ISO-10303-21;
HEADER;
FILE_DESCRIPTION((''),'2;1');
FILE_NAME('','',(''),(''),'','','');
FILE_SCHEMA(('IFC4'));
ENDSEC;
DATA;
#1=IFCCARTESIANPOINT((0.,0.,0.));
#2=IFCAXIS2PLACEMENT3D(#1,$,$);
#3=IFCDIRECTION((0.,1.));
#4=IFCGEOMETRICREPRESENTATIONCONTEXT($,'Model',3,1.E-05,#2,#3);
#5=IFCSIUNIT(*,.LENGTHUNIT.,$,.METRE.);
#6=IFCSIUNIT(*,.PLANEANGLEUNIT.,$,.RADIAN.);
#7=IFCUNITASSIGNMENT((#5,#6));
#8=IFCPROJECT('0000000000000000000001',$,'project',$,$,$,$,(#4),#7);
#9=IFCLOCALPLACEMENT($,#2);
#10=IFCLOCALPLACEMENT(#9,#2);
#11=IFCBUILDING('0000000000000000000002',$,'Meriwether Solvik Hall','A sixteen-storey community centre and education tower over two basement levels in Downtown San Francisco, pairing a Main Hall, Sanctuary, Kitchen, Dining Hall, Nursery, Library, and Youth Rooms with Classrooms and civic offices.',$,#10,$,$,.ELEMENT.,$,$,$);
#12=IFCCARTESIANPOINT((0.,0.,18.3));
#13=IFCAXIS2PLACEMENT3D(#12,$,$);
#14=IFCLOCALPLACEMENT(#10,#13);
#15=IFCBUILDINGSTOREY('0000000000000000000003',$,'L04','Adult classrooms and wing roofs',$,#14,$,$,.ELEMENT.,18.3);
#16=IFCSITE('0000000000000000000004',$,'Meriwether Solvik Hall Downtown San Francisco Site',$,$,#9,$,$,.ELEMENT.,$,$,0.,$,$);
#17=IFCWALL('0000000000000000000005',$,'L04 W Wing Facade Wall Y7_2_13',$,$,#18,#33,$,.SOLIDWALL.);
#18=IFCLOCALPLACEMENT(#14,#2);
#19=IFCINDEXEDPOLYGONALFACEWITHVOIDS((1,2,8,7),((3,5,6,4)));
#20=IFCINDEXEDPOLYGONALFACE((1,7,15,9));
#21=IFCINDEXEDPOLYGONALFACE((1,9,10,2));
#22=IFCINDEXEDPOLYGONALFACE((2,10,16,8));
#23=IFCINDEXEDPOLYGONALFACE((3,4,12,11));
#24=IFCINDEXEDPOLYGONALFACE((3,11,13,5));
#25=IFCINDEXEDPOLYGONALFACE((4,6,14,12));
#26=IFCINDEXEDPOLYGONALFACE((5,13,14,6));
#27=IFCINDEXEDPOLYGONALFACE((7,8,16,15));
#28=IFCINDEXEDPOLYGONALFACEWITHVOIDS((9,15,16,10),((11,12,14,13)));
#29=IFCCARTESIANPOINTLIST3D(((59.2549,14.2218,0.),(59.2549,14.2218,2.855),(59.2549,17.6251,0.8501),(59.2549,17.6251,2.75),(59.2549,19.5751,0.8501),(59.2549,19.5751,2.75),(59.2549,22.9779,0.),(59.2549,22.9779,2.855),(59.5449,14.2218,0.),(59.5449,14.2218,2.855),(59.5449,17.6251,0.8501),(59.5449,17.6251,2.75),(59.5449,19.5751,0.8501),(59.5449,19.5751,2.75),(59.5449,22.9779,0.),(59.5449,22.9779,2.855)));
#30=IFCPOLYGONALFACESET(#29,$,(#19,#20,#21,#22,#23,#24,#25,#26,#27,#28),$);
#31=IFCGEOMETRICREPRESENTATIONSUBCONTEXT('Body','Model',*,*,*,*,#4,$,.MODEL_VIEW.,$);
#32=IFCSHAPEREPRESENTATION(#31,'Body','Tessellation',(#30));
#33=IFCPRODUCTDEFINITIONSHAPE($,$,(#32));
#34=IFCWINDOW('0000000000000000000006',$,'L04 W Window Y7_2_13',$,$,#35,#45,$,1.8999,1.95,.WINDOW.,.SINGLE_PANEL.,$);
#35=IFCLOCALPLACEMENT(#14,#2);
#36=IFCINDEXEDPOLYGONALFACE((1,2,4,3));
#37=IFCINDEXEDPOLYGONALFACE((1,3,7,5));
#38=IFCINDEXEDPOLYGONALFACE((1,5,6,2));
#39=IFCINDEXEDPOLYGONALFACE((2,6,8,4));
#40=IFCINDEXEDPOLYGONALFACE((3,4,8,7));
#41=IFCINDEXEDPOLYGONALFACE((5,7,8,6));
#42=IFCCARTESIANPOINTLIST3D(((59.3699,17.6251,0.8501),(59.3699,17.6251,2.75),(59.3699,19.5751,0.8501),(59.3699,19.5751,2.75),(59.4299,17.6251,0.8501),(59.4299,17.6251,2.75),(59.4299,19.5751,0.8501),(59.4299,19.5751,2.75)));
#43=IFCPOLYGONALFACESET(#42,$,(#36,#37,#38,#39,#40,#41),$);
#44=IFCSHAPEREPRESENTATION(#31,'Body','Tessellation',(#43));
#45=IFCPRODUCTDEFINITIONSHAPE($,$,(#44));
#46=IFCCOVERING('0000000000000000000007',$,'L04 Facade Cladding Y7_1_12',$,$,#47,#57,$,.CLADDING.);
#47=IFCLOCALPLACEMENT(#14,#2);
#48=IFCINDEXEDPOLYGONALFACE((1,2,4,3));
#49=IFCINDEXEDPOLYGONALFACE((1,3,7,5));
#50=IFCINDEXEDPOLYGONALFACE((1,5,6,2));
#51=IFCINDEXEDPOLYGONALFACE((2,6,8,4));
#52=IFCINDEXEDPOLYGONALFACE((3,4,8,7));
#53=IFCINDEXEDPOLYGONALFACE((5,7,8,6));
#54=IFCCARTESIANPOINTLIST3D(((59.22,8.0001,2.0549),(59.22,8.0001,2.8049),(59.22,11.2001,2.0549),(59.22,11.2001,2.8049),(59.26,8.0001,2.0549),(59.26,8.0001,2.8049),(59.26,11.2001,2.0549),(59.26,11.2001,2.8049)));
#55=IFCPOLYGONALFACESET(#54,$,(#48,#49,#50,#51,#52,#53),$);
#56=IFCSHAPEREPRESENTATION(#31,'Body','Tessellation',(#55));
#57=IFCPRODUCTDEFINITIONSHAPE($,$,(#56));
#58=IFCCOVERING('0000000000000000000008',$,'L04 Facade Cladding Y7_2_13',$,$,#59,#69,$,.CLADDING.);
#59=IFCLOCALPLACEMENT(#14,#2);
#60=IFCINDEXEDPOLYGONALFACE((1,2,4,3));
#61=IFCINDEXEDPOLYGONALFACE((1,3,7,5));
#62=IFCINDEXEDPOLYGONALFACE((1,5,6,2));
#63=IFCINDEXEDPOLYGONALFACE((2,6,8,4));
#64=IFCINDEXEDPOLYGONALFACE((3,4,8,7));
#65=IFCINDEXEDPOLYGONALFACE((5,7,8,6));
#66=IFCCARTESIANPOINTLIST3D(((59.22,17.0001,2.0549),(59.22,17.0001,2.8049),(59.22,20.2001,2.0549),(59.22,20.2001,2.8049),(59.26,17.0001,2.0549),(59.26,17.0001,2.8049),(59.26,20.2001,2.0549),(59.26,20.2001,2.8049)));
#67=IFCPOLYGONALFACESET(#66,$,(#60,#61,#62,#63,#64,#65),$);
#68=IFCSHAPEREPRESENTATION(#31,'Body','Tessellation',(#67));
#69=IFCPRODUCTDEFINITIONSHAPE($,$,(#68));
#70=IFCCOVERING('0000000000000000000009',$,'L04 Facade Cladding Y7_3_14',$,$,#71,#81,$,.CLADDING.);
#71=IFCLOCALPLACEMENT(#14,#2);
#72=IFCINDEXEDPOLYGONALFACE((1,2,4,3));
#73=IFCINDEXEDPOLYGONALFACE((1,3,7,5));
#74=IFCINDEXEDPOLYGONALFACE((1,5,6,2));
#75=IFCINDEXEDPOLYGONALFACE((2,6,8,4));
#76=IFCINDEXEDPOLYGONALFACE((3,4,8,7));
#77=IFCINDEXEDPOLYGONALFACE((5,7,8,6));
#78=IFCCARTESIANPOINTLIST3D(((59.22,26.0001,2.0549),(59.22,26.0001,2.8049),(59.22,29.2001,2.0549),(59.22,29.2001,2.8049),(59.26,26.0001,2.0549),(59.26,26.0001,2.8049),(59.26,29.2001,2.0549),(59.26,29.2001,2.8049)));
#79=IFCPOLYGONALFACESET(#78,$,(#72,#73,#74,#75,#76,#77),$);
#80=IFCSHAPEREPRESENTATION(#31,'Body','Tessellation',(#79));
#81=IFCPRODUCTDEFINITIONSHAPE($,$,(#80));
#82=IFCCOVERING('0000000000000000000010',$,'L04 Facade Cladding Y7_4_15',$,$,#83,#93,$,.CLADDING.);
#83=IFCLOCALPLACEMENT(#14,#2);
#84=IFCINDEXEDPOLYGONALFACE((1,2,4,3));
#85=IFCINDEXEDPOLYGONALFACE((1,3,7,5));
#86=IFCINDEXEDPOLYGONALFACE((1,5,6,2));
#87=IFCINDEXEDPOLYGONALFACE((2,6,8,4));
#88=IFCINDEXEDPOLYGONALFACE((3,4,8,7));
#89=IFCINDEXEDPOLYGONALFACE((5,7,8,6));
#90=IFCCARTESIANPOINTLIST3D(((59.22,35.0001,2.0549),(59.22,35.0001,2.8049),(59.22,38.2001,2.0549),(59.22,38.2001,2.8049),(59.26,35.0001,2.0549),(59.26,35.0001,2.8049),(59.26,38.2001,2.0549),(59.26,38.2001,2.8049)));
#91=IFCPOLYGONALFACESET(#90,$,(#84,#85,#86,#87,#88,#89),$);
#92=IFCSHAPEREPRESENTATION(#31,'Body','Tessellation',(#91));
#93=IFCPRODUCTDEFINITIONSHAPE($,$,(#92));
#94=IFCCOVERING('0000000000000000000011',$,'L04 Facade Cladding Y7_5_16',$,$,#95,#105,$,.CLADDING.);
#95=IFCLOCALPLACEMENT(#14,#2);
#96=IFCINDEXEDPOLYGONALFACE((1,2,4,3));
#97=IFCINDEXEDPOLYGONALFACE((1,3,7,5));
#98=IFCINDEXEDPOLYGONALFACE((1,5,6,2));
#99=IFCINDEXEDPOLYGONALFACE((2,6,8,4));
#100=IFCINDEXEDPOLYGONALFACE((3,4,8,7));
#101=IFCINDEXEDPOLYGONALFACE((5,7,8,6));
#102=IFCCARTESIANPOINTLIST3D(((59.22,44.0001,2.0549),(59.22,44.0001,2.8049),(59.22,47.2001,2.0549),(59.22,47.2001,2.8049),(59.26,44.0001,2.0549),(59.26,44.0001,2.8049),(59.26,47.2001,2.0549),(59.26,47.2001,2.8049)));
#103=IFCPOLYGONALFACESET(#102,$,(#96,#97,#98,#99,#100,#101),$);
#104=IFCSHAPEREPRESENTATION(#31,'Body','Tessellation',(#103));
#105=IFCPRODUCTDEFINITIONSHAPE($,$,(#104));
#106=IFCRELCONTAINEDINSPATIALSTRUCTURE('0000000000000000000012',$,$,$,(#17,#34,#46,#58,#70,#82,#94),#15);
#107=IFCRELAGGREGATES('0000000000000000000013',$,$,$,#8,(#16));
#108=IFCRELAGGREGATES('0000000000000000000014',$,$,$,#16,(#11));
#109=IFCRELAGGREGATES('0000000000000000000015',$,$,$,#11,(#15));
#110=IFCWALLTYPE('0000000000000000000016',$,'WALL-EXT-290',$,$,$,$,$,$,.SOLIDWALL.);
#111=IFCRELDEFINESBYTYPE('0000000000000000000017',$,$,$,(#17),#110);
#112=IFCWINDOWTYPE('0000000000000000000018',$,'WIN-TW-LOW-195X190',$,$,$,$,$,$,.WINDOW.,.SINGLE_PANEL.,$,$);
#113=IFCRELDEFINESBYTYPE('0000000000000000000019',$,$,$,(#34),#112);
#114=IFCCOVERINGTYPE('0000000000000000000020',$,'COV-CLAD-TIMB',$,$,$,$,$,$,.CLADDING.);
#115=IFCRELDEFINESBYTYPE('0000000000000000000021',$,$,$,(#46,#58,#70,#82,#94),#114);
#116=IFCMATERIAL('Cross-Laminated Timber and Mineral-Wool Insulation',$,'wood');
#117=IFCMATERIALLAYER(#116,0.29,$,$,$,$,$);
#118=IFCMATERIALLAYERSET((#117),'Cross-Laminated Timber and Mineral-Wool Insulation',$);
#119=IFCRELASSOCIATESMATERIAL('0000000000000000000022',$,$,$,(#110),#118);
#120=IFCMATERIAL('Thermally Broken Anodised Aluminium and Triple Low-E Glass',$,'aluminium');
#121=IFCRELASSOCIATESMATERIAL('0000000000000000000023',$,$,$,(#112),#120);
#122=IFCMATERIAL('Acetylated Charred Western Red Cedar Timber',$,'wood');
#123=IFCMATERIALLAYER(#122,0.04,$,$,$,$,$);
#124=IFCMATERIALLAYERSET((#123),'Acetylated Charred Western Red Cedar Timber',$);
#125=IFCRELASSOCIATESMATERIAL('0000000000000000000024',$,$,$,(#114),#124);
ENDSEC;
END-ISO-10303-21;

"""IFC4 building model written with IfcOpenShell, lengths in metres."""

from ifc_helpers import new_model, si_unit, direction, frame, frame_2d, origin, origin_2d, place, context, subcontext, project, spatial, rectangle, extrude, material, layer, layer_set, type_object, element, fill, save


model = new_model("IFC4")

# Units and contexts
model_context = context("Model", 3, precision=1e-05, world=origin(), true_north=direction((0.0, 1.0)))
body_context = subcontext(model_context, "Body", "Model", "MODEL_VIEW")
ifc_project = project(units=[si_unit("LENGTHUNIT", "METRE"), si_unit("PLANEANGLEUNIT", "RADIAN")], contexts=[model_context])

# Site, building, storey
site_placement = place(None, origin())
site = spatial("IfcSite", under=ifc_project, at=site_placement, Name="Meriwether Solvik Hall Downtown San Francisco Site", CompositionType="ELEMENT", RefElevation=0.0)
building_placement = place(site_placement, origin())
building = spatial("IfcBuilding", under=site, at=building_placement, Name="Meriwether Solvik Hall", Description="A sixteen-storey community centre and education tower over two basement levels in Downtown San Francisco, pairing a Main Hall, Sanctuary, Kitchen, Dining Hall, Nursery, Library, and Youth Rooms with Classrooms and civic offices.", CompositionType="ELEMENT")
storey_placement = place(building_placement, frame((0.0, 0.0, 18.3)))
storey = spatial("IfcBuildingStorey", under=building, at=storey_placement, Name="L04", Description="Adult classrooms and wing roofs", CompositionType="ELEMENT", Elevation=18.3)

# Wall, opening, window
ifc_material_1 = material(Name="Cross-Laminated Timber and Mineral-Wool Insulation", Category="wood")
ifc_layer_1 = layer(ifc_material_1, 0.29)
ifc_layer_set_1 = layer_set([ifc_layer_1], Name="Cross-Laminated Timber and Mineral-Wool Insulation")
wall_type = type_object("IfcWallType", Name="WALL-EXT-290", PredefinedType="SOLIDWALL", material=ifc_layer_set_1)
ifc_material_2 = material(Name="Thermally Broken Anodised Aluminium and Triple Low-E Glass", Category="aluminium")
window_type = type_object("IfcWindowType", Name="WIN-TW-LOW-195X190", PartitioningType="SINGLE_PANEL", PredefinedType="WINDOW", material=ifc_material_2)
wall_1_placement = place(storey_placement, frame((59.3999, 14.2219, 0.0), z_axis=(0.0, 0.0, 1.0), x_axis=(0.0, 1.0, 0.0)))
wall_1 = element("IfcWall", 1, at=wall_1_placement, inside=storey, type_object=wall_type, Name="L04 W Wing Facade Wall Y7_2_13", PredefinedType="SOLIDWALL", context=body_context, shape_type="SweptSolid", body=[
    extrude(rectangle(XDim=8.7561, YDim=0.29, at=frame_2d((4.3779, 0.0))), origin(), (0.0, 0.0, 1.0), 2.855),
])
opening_1_placement = place(wall_1_placement, frame((3.4031, 0.0, 0.8501)))
opening_1 = element("IfcOpeningElement", 2, at=opening_1_placement, cuts=wall_1, PredefinedType="OPENING", context=body_context, shape_type="SweptSolid", body=[
    extrude(rectangle(XDim=1.95, YDim=1.8999, at=frame_2d((0.9751, 0.95))), frame((0.0, 0.157, 0.0), z_axis=(0.0, -1.0, 0.0), x_axis=(1.0, 0.0, 0.0)), (0.0, 0.0, 1.0), 0.314),
])
window_1_placement = place(opening_1_placement, origin())
window_1 = element("IfcWindow", 3, at=window_1_placement, inside=storey, type_object=window_type, Name="L04 W Window Y7_2_13", OverallHeight=1.8999, OverallWidth=1.95, PartitioningType="SINGLE_PANEL", PredefinedType="WINDOW", context=body_context, shape_type="SweptSolid", body=[
    extrude(rectangle(XDim=1.95, YDim=1.8999, at=frame_2d((0.9751, 0.95))), frame((0.0, 0.03, 0.0), z_axis=(0.0, -1.0, 0.0), x_axis=(1.0, 0.0, 0.0)), (0.0, 0.0, 1.0), 0.0601),
])
fill(opening_1, window_1)

# Coverings
ifc_material_3 = material(Name="Acetylated Charred Western Red Cedar Timber", Category="wood")
ifc_layer_2 = layer(ifc_material_3, 0.04)
ifc_layer_set_2 = layer_set([ifc_layer_2], Name="Acetylated Charred Western Red Cedar Timber")
covering_type = type_object("IfcCoveringType", Name="COV-CLAD-TIMB", PredefinedType="CLADDING", material=ifc_layer_set_2)
for number, where, z_axis, x_axis, name in (
    (4, (59.24, 9.6001, 2.0549), (0.0, 0.0, 1.0), (0.0, 1.0, 0.0), "L04 Facade Cladding Y7_1_12"),
    (5, (59.24, 18.6001, 2.0549), (0.0, 0.0, 1.0), (0.0, 1.0, 0.0), "L04 Facade Cladding Y7_2_13"),
    (6, (59.24, 27.6001, 2.0549), (0.0, 0.0, 1.0), (0.0, 1.0, 0.0), "L04 Facade Cladding Y7_3_14"),
    (7, (59.24, 36.6001, 2.0549), (0.0, 0.0, 1.0), (0.0, 1.0, 0.0), "L04 Facade Cladding Y7_4_15"),
    (8, (59.24, 45.6001, 2.0549), (0.0, 0.0, 1.0), (0.0, 1.0, 0.0), "L04 Facade Cladding Y7_5_16"),
):
    element("IfcCovering", number, at=place(storey_placement, frame(where, z_axis=z_axis, x_axis=x_axis)), inside=storey, type_object=covering_type, Name=name, PredefinedType="CLADDING", context=body_context, shape_type="SweptSolid", body=[
        extrude(rectangle(XDim=3.2, YDim=0.04, at=origin_2d()), origin(), (0.0, 0.0, 1.0), 0.75),
    ])

save(model, "model.ifc")
